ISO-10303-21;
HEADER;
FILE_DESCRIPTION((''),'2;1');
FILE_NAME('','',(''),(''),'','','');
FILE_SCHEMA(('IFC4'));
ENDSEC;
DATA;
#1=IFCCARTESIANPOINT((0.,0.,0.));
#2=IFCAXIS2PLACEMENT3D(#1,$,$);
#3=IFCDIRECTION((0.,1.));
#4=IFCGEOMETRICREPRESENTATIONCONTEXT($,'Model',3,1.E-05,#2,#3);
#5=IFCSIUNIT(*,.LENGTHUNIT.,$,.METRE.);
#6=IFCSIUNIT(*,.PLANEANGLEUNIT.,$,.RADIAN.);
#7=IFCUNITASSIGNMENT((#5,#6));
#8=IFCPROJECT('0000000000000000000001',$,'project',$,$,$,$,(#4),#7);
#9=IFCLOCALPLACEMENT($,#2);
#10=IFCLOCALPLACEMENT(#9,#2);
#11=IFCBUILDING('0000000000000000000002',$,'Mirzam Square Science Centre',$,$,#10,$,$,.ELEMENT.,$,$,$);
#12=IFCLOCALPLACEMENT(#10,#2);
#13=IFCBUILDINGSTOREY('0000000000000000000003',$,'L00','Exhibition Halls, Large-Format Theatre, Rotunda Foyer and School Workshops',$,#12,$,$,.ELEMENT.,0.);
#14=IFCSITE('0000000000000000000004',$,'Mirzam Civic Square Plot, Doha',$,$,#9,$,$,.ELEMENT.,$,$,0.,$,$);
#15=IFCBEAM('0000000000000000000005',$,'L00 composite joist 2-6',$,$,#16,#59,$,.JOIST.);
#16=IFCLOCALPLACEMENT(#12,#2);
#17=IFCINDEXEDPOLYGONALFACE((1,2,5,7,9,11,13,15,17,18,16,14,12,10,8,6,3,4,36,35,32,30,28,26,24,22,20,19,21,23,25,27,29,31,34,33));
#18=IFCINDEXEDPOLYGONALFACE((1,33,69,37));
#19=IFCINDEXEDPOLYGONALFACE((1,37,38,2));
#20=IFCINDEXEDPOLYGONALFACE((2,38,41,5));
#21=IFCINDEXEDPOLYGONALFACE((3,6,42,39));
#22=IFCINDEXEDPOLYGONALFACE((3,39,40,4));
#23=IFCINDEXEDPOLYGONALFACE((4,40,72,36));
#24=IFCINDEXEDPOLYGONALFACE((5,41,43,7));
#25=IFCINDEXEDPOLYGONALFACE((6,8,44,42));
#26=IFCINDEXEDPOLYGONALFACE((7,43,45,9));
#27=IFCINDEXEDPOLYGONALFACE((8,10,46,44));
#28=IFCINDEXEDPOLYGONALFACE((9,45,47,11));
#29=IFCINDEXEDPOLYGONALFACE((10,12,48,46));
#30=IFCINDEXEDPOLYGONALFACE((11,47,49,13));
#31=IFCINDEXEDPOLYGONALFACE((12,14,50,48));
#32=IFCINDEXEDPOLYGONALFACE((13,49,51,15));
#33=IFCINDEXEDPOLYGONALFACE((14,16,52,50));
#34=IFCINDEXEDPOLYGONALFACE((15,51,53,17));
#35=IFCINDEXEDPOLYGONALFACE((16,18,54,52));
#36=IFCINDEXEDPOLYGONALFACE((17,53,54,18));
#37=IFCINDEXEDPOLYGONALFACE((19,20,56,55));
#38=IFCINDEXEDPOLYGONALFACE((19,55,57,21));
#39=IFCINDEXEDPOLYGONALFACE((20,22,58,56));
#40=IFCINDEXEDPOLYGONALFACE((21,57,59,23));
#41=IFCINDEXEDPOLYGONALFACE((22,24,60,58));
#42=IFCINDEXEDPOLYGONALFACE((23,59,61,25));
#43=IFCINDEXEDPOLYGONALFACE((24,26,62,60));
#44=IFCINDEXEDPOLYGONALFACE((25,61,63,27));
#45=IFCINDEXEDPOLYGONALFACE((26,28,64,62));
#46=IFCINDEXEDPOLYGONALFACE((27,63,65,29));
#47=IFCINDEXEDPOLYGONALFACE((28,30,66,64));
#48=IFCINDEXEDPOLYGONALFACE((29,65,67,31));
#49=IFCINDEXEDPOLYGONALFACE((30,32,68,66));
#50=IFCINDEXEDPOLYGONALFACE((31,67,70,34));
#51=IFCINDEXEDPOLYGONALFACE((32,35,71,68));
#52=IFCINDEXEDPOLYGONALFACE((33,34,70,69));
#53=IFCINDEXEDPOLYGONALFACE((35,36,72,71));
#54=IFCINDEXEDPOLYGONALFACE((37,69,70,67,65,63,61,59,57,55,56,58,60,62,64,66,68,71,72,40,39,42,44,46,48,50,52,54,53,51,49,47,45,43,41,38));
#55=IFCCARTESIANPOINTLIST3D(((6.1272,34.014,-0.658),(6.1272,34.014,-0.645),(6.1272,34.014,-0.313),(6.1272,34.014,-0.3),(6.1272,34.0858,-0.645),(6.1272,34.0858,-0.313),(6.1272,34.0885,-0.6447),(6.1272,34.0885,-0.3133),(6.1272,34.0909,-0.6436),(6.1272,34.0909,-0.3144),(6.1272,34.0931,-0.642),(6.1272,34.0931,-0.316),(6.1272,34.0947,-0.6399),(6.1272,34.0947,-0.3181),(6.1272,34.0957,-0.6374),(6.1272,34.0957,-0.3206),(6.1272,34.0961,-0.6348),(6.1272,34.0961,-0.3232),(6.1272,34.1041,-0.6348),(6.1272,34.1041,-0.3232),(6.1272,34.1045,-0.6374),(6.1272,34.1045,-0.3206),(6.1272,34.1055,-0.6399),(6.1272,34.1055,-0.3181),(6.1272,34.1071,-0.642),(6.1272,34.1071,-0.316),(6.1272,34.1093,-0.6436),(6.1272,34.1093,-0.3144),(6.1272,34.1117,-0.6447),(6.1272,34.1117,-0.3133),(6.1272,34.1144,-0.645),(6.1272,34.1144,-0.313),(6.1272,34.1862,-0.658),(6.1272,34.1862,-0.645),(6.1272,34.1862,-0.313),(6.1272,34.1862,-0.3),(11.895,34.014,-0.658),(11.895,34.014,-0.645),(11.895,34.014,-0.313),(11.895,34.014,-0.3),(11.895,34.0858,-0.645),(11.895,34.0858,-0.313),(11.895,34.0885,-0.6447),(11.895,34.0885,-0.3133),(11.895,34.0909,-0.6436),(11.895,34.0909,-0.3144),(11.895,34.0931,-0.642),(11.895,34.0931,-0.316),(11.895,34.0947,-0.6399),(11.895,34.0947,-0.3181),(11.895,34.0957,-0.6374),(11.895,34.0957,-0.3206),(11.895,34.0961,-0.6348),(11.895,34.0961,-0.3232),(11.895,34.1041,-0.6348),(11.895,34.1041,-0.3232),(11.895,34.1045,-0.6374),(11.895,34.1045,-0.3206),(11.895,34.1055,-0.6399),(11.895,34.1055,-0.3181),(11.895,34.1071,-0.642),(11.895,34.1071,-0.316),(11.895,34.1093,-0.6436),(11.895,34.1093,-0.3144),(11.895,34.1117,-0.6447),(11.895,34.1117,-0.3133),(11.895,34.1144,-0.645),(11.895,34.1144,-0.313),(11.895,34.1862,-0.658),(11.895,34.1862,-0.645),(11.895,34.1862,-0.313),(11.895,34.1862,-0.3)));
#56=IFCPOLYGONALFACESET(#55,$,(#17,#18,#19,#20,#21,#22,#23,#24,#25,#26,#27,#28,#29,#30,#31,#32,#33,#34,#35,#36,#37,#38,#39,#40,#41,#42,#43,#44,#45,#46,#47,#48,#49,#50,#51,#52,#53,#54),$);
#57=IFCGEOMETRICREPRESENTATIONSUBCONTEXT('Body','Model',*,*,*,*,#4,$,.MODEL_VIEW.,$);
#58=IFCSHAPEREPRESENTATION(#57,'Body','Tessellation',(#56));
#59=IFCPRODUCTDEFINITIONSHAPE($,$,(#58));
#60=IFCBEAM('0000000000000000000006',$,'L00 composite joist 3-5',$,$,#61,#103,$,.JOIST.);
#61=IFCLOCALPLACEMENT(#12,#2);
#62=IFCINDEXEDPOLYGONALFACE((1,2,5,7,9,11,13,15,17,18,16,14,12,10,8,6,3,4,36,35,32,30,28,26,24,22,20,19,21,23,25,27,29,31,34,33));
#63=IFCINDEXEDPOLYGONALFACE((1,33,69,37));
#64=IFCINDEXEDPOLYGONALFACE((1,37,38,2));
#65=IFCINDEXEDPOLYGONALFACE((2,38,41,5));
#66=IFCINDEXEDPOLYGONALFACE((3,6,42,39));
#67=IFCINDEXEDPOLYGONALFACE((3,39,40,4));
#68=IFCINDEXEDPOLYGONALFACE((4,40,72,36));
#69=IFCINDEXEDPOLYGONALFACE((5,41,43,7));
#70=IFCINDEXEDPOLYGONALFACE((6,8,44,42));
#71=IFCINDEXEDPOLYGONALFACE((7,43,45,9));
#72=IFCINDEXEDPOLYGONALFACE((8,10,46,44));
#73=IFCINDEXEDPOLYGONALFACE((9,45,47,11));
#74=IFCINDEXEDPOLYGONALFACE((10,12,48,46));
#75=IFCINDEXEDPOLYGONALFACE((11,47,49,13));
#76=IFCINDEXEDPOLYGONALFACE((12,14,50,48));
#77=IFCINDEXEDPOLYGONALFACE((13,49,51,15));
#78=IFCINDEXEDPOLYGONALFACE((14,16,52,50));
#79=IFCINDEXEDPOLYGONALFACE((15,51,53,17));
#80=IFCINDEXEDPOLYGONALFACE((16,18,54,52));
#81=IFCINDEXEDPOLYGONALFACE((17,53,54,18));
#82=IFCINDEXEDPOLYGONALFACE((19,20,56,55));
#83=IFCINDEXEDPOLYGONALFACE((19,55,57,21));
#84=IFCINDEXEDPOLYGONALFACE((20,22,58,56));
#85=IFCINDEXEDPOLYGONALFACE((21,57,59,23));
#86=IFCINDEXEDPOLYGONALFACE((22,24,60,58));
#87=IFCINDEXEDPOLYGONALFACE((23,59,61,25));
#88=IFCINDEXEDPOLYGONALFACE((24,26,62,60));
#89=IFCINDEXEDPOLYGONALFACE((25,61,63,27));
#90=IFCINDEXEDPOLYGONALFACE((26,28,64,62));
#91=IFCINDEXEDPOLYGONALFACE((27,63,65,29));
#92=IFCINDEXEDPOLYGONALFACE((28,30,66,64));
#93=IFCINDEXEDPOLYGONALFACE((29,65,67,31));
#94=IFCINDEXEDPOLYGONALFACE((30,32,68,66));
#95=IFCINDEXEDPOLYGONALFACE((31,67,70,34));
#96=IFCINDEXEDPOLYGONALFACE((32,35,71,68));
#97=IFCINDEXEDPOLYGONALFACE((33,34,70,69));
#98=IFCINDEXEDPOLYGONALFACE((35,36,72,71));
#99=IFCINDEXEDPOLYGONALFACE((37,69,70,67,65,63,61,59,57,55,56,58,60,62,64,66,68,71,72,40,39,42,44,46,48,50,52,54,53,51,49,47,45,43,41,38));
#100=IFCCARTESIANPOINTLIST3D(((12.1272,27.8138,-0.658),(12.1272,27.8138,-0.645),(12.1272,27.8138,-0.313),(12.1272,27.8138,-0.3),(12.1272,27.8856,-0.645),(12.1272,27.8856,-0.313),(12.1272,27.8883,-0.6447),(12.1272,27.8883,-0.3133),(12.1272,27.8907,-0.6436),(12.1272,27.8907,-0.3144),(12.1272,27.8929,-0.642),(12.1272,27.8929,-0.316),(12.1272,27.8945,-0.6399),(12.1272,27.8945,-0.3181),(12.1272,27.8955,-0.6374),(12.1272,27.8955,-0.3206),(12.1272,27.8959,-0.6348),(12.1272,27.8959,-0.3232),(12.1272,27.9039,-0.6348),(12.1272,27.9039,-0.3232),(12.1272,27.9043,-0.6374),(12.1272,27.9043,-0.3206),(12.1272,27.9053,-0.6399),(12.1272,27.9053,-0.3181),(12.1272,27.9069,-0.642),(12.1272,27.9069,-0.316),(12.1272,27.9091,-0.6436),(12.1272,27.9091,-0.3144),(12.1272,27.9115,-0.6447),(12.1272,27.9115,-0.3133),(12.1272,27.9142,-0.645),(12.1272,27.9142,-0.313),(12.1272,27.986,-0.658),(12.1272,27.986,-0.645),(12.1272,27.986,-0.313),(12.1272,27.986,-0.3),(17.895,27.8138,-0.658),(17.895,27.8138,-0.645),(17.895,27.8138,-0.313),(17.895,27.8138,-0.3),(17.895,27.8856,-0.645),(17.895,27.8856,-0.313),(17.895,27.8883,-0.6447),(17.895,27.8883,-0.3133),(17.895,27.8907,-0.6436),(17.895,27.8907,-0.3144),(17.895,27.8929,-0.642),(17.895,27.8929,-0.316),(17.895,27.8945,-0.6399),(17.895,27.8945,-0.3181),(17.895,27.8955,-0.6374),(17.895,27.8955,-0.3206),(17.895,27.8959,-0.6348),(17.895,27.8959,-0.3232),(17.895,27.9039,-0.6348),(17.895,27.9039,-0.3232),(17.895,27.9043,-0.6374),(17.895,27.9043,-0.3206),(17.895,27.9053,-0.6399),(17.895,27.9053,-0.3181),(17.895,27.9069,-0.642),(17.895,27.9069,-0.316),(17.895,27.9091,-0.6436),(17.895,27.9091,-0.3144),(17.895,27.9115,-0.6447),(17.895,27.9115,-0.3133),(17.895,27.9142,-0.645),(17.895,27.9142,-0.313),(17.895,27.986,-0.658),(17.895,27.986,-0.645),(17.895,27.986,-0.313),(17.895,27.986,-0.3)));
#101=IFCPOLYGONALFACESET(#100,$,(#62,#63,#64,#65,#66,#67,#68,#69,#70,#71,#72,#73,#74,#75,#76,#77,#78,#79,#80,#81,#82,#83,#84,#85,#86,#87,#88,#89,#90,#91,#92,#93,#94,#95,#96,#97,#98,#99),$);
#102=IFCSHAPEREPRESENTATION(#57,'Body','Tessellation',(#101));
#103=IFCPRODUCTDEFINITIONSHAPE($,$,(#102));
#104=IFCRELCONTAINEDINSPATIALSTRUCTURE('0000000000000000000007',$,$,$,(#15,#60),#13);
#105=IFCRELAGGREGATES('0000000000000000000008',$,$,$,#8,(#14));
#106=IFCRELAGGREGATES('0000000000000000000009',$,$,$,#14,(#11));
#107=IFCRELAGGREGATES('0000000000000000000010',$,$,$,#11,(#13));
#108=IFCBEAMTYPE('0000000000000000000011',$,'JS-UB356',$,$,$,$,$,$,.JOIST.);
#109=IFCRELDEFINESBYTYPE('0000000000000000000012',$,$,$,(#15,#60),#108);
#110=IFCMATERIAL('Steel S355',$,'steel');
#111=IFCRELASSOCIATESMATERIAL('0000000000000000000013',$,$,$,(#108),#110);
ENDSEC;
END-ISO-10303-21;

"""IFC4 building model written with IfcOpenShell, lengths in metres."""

from ifc_helpers import new_model, si_unit, direction, frame, origin, origin_2d, place, context, subcontext, project, spatial, i_section, extrude, material, material_profile, profile_set, type_object, element, save


model = new_model("IFC4")

# Units and contexts
model_context = context("Model", 3, precision=1e-05, world=origin(), true_north=direction((0.0, 1.0)))
body_context = subcontext(model_context, "Body", "Model", "MODEL_VIEW")
ifc_project = project(units=[si_unit("LENGTHUNIT", "METRE"), si_unit("PLANEANGLEUNIT", "RADIAN")], contexts=[model_context])

# Site, building, storey
site_placement = place(None, origin())
site = spatial("IfcSite", under=ifc_project, at=site_placement, Name="Mirzam Civic Square Plot, Doha", CompositionType="ELEMENT", RefElevation=0.0)
building_placement = place(site_placement, origin())
building = spatial("IfcBuilding", under=site, at=building_placement, Name="Mirzam Square Science Centre", CompositionType="ELEMENT")
storey_placement = place(building_placement, origin())
storey = spatial("IfcBuildingStorey", under=building, at=storey_placement, Name="L00", Description="Exhibition Halls, Large-Format Theatre, Rotunda Foyer and School Workshops", CompositionType="ELEMENT", Elevation=0.0)

# Shared definitions
ifc_material_1 = material(Name="Steel S355", Category="steel")

# Beams
ifc_material_profile_1 = material_profile(ifc_material_1, i_section(OverallWidth=0.1721, OverallDepth=0.3579, WebThickness=0.0081, FlangeThickness=0.0129, FilletRadius=0.0103, at=origin_2d()), Name="356x171x57UB")
ifc_profile_set_1 = profile_set([ifc_material_profile_1], Name="Steel S355")
beam_type_1 = type_object("IfcBeamType", Name="JS-UB356", PredefinedType="JOIST", material=ifc_profile_set_1)
for number, where, z_axis, x_axis, name in (
    (1, (6.1272, 34.1001, -0.479), (1.0, 0.0, 0.0), (0.0, 1.0, 0.0), "L00 composite joist 2-6"),
    (2, (12.1272, 27.8999, -0.479), (1.0, 0.0, 0.0), (0.0, 1.0, 0.0), "L00 composite joist 3-5"),
):
    element("IfcBeam", number, at=place(storey_placement, frame(where, z_axis=z_axis, x_axis=x_axis)), inside=storey, type_object=beam_type_1, Name=name, PredefinedType="JOIST", context=body_context, shape_type="SweptSolid", body=[
        extrude(i_section(OverallWidth=0.1721, OverallDepth=0.3579, WebThickness=0.0081, FlangeThickness=0.0129, FilletRadius=0.0103, at=origin_2d()), origin(), (0.0, 0.0, 1.0), 5.7678),
    ])

save(model, "model.ifc")
